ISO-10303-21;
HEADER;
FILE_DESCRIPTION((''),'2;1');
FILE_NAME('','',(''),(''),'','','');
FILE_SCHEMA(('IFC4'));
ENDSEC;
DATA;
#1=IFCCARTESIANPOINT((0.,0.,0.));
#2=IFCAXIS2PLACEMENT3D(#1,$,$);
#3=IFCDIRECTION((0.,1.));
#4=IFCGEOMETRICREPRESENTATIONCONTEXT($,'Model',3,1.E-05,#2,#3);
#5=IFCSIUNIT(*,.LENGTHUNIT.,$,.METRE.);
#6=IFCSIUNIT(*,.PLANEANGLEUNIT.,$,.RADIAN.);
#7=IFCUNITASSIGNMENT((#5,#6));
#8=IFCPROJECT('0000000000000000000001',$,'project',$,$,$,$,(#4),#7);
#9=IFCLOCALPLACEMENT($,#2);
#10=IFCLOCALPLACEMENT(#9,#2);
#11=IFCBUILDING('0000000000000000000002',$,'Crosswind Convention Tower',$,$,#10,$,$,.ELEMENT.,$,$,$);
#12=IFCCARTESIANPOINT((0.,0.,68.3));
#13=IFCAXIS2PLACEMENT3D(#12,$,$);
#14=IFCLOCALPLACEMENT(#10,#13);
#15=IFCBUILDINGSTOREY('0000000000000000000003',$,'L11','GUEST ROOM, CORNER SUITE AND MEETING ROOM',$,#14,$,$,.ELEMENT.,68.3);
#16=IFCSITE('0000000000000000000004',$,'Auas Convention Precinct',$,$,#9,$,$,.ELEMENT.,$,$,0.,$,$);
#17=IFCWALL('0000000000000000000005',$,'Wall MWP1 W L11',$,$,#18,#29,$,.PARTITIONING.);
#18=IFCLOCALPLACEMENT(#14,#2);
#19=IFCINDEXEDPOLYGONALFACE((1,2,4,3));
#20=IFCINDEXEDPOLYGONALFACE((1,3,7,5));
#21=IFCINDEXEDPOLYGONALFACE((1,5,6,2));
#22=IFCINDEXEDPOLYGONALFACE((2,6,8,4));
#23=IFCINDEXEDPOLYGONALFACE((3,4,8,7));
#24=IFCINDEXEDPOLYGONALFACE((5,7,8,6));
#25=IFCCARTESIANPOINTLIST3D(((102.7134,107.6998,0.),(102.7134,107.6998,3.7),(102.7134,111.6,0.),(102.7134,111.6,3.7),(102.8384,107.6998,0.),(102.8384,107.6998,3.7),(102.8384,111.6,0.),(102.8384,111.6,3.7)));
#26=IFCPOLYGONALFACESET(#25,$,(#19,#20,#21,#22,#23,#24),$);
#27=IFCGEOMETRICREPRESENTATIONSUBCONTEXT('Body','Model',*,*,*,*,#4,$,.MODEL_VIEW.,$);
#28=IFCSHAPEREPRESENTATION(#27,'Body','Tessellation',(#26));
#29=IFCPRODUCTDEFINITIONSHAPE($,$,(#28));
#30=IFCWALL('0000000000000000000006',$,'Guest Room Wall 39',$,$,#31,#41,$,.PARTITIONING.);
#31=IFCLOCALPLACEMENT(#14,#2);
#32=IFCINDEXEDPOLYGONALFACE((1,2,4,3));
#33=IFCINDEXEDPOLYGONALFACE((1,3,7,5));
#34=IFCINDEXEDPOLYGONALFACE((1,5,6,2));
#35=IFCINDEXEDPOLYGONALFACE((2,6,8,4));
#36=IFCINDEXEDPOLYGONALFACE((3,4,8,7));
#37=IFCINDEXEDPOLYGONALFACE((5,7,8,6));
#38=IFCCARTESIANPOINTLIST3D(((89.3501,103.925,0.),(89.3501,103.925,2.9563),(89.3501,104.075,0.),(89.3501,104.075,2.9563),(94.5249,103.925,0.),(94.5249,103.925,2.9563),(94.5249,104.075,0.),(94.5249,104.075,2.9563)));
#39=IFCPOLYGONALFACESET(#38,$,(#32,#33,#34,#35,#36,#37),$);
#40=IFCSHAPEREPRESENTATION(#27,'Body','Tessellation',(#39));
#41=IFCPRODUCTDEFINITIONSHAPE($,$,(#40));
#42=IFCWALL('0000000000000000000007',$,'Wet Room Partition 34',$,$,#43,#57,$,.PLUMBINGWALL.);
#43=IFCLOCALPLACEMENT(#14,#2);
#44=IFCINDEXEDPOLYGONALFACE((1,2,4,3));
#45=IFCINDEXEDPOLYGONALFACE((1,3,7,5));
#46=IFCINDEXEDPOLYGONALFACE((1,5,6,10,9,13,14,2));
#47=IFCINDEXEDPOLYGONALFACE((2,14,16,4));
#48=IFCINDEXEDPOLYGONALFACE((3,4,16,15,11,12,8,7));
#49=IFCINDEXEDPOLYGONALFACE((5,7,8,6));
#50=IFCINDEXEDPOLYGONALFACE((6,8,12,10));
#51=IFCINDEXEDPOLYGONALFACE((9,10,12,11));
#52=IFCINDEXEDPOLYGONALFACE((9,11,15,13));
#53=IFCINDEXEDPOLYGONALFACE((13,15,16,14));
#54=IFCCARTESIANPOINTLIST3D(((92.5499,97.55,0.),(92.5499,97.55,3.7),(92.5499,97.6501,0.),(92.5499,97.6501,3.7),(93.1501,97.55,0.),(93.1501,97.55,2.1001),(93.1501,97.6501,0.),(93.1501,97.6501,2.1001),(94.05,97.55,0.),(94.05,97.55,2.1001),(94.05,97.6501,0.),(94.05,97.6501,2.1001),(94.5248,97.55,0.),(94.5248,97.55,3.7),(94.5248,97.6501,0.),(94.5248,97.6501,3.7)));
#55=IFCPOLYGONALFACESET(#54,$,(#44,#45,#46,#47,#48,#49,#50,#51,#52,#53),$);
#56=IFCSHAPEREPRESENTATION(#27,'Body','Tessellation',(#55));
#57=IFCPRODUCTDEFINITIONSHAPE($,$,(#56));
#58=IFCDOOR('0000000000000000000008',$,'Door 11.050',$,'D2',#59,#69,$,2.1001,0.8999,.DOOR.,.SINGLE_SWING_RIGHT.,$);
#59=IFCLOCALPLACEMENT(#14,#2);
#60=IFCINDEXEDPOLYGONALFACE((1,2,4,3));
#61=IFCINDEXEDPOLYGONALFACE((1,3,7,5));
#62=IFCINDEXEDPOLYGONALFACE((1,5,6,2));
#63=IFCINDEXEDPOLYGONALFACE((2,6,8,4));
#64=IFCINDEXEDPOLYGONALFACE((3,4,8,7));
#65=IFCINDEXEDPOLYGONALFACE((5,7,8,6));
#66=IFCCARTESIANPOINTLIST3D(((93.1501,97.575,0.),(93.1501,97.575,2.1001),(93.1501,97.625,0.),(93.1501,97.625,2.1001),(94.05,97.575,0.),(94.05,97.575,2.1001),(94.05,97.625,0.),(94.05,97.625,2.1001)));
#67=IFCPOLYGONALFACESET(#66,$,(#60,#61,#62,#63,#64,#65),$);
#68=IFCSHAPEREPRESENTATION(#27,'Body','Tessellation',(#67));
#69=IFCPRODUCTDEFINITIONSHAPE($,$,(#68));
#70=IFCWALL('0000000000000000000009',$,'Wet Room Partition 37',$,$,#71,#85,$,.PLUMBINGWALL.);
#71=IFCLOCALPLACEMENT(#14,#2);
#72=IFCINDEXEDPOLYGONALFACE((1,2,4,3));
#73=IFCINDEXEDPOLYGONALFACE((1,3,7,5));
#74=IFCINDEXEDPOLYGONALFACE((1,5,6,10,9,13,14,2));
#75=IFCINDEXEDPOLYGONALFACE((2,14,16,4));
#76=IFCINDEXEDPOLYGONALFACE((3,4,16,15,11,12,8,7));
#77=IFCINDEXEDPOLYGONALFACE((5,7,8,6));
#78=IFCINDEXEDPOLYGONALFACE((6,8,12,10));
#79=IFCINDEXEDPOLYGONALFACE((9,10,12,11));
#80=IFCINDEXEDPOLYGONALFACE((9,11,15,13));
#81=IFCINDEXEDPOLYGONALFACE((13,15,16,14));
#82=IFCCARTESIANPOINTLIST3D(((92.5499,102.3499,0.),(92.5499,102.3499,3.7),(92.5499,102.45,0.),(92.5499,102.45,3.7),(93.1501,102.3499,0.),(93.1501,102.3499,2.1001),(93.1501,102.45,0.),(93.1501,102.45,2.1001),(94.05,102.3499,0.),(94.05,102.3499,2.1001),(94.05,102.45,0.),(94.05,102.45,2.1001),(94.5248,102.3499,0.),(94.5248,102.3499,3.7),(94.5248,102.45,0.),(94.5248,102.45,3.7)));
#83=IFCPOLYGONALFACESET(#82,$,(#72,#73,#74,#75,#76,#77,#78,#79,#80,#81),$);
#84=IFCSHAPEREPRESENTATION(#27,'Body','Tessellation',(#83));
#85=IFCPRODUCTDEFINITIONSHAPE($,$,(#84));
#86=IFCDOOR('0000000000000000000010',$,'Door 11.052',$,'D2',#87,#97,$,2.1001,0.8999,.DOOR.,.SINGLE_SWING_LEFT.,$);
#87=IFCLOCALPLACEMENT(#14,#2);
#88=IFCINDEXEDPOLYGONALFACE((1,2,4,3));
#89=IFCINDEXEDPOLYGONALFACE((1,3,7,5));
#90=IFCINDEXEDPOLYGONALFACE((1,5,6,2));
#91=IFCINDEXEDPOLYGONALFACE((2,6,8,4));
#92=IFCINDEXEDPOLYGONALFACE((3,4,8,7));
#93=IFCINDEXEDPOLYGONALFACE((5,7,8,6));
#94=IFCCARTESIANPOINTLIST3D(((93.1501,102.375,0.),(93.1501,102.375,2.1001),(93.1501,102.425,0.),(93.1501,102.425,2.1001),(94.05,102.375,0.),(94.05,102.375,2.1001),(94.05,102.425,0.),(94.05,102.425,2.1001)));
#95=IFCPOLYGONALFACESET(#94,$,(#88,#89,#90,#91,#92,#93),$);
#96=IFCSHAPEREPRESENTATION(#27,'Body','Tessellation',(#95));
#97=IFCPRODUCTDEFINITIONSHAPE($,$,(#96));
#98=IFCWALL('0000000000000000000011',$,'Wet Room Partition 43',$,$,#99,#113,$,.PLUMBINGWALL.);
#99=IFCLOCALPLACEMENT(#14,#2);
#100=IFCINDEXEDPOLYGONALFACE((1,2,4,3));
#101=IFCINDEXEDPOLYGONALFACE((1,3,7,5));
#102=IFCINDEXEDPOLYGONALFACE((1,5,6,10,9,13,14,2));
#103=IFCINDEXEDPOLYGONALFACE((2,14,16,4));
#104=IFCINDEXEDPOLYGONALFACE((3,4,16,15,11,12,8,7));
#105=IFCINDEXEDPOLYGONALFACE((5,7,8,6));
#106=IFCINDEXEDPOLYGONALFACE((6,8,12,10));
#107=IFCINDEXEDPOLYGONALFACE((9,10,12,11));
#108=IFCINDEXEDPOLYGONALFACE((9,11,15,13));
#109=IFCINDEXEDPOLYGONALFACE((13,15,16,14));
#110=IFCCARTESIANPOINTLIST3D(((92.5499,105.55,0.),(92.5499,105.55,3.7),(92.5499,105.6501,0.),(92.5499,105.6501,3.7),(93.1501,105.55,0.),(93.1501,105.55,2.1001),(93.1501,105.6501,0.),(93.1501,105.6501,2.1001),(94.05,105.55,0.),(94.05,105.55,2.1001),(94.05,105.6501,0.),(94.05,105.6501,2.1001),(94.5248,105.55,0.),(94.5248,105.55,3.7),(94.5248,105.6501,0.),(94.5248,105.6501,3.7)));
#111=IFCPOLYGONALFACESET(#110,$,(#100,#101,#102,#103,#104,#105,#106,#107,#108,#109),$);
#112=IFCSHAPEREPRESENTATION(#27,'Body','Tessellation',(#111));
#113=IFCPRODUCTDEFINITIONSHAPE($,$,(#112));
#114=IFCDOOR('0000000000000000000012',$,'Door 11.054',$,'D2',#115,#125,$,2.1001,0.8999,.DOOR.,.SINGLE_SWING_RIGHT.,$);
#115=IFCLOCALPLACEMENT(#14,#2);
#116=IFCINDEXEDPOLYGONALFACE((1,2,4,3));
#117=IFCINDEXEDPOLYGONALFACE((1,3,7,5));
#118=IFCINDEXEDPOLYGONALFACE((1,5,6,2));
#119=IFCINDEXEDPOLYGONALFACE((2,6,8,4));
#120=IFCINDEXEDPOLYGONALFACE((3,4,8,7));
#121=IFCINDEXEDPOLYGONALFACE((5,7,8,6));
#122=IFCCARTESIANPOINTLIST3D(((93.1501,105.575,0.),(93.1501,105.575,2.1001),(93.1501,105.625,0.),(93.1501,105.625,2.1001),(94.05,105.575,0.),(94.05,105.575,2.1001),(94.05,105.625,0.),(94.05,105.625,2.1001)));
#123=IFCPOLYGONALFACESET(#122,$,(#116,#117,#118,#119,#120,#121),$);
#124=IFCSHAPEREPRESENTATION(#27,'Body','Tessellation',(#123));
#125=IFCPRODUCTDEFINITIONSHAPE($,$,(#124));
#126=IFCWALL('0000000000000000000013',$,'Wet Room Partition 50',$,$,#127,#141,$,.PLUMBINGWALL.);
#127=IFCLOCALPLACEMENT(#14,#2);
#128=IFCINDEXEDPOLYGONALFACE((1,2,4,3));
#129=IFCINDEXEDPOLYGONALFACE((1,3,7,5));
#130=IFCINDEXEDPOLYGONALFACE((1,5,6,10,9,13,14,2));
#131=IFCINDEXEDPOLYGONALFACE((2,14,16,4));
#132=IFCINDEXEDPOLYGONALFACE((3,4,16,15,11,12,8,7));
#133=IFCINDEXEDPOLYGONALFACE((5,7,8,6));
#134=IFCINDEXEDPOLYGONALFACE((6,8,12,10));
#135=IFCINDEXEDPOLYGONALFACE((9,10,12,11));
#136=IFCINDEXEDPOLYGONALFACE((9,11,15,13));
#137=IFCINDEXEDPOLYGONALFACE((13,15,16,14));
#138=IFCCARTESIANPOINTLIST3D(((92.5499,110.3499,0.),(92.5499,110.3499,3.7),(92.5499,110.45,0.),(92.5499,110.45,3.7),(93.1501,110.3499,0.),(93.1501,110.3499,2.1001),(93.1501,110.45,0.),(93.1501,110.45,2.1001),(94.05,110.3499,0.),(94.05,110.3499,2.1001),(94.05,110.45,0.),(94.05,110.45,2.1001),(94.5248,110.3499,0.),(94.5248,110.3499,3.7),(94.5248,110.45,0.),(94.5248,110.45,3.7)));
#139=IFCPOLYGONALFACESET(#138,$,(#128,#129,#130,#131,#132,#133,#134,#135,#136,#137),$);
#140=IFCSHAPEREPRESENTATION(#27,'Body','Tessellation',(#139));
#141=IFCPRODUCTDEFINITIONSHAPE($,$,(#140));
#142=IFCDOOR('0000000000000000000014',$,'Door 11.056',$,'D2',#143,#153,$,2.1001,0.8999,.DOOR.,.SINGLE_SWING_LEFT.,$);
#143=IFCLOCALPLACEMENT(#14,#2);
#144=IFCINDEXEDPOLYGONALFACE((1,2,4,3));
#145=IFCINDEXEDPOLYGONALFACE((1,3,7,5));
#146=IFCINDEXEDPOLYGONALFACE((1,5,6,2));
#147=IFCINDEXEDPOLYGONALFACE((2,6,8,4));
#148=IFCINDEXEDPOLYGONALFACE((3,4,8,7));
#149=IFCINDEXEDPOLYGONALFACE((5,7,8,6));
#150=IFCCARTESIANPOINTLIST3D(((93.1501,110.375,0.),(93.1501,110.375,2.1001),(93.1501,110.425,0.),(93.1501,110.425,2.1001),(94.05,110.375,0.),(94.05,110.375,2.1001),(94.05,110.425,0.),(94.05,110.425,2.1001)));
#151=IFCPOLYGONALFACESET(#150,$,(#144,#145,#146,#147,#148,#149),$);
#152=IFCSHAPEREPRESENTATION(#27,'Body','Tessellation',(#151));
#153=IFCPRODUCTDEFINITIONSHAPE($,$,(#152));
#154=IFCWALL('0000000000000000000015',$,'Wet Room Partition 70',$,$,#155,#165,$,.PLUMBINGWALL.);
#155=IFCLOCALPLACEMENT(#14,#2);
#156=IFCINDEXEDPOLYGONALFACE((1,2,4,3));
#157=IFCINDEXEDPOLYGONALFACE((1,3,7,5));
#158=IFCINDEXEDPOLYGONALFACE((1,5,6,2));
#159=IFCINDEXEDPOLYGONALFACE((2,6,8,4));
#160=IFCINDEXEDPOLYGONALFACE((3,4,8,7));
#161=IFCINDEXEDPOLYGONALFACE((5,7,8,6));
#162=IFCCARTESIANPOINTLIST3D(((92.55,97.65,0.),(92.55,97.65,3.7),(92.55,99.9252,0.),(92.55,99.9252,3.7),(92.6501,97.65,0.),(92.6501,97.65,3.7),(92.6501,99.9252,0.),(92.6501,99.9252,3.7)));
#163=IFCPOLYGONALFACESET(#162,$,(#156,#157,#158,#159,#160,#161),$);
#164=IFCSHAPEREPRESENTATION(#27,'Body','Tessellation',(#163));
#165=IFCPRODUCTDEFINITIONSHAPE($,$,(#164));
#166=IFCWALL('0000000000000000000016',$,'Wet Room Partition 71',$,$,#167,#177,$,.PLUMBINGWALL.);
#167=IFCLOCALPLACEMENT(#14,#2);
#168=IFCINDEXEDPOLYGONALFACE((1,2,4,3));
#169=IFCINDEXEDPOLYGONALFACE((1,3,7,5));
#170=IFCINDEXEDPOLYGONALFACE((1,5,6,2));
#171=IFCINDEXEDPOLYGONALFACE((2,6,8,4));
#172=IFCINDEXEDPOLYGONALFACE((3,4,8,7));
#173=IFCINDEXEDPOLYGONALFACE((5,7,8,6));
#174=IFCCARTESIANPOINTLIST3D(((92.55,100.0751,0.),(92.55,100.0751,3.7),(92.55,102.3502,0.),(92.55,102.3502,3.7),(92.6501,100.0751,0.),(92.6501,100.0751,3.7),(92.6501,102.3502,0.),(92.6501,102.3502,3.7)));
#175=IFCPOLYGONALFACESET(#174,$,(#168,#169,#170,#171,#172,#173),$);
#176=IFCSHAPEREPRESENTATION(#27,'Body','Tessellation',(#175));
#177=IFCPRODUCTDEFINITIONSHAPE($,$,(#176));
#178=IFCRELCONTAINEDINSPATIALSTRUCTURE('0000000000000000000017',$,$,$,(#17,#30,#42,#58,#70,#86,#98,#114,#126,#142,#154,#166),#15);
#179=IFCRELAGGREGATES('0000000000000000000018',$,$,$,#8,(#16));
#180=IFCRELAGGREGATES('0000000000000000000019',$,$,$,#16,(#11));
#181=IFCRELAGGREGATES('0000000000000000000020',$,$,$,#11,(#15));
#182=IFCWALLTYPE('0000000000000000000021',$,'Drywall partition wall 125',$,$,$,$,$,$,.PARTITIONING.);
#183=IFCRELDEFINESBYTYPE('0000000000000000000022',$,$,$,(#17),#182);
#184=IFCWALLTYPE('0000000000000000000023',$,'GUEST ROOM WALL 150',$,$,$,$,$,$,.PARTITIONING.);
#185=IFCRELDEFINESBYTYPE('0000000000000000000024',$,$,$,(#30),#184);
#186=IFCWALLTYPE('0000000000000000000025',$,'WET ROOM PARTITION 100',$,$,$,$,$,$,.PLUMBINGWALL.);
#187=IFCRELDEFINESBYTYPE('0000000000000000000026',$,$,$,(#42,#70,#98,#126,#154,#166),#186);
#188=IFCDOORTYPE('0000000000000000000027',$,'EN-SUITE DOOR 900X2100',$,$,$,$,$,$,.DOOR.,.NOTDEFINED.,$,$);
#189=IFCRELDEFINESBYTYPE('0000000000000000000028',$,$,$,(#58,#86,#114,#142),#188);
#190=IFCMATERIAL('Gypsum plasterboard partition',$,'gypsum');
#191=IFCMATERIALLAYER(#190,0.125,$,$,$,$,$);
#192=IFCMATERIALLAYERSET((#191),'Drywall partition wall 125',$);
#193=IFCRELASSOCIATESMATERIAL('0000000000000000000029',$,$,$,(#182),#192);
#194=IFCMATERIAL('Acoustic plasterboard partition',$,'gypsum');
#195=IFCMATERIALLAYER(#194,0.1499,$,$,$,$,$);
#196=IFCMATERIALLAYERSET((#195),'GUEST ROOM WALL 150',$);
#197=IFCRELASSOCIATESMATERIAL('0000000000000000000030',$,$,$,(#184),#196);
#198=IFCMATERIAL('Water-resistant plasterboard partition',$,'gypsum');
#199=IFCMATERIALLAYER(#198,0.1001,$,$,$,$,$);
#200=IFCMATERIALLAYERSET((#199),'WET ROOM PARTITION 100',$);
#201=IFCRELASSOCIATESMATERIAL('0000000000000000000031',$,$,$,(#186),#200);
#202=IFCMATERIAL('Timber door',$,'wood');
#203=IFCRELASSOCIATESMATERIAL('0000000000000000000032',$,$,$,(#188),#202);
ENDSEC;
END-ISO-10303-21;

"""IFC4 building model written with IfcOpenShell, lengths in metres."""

from ifc_helpers import new_model, si_unit, direction, frame, frame_2d, origin, place, context, subcontext, project, spatial, rectangle, extrude, material, layer, layer_set, type_object, element, fill, save


model = new_model("IFC4")

# Units and contexts
model_context = context("Model", 3, precision=1e-05, world=origin(), true_north=direction((0.0, 1.0)))
body_context = subcontext(model_context, "Body", "Model", "MODEL_VIEW")
ifc_project = project(units=[si_unit("LENGTHUNIT", "METRE"), si_unit("PLANEANGLEUNIT", "RADIAN")], contexts=[model_context])

# Site, building, storey
site_placement = place(None, origin())
site = spatial("IfcSite", under=ifc_project, at=site_placement, Name="Auas Convention Precinct", CompositionType="ELEMENT", RefElevation=0.0)
building_placement = place(site_placement, origin())
building = spatial("IfcBuilding", under=site, at=building_placement, Name="Crosswind Convention Tower", CompositionType="ELEMENT")
storey_placement = place(building_placement, frame((0.0, 0.0, 68.3)))
storey = spatial("IfcBuildingStorey", under=building, at=storey_placement, Name="L11", Description="GUEST ROOM, CORNER SUITE AND MEETING ROOM", CompositionType="ELEMENT", Elevation=68.3)

# Walls
ifc_material_1 = material(Name="Gypsum plasterboard partition", Category="gypsum")
ifc_layer_1 = layer(ifc_material_1, 0.125)
ifc_layer_set_1 = layer_set([ifc_layer_1], Name="Drywall partition wall 125")
wall_type_1 = type_object("IfcWallType", Name="Drywall partition wall 125", PredefinedType="PARTITIONING", material=ifc_layer_set_1)
wall_1_placement = place(storey_placement, frame((102.7759, 111.6001, 0.0), z_axis=(0.0, 0.0, 1.0), x_axis=(0.0, -1.0, 0.0)))
element("IfcWall", 1, at=wall_1_placement, inside=storey, type_object=wall_type_1, Name="Wall MWP1 W L11", PredefinedType="PARTITIONING", context=body_context, shape_type="SweptSolid", body=[
    extrude(rectangle(XDim=3.9001, YDim=0.125, at=frame_2d((1.9502, 0.0))), origin(), (0.0, 0.0, 1.0), 3.7),
])
ifc_material_2 = material(Name="Acoustic plasterboard partition", Category="gypsum")
ifc_layer_2 = layer(ifc_material_2, 0.1499)
ifc_layer_set_2 = layer_set([ifc_layer_2], Name="GUEST ROOM WALL 150")
wall_type_2 = type_object("IfcWallType", Name="GUEST ROOM WALL 150", PredefinedType="PARTITIONING", material=ifc_layer_set_2)
wall_2_placement = place(storey_placement, frame((89.3501, 104.0, 0.0), z_axis=(0.0, 0.0, 1.0), x_axis=(1.0, 0.0, 0.0)))
element("IfcWall", 2, at=wall_2_placement, inside=storey, type_object=wall_type_2, Name="Guest Room Wall 39", PredefinedType="PARTITIONING", context=body_context, shape_type="SweptSolid", body=[
    extrude(rectangle(XDim=5.1748, YDim=0.1499, at=frame_2d((2.5874, 0.0))), origin(), (0.0, 0.0, 1.0), 2.9563),
])

# Walls, openings, doors
ifc_material_3 = material(Name="Water-resistant plasterboard partition", Category="gypsum")
ifc_layer_3 = layer(ifc_material_3, 0.1001)
ifc_layer_set_3 = layer_set([ifc_layer_3], Name="WET ROOM PARTITION 100")
wall_type_3 = type_object("IfcWallType", Name="WET ROOM PARTITION 100", PredefinedType="PLUMBINGWALL", material=ifc_layer_set_3)
wall_3_placement = place(storey_placement, frame((92.55, 97.6001, 0.0), z_axis=(0.0, 0.0, 1.0), x_axis=(1.0, 0.0, 0.0)))
wall_3 = element("IfcWall", 3, at=wall_3_placement, inside=storey, type_object=wall_type_3, Name="Wet Room Partition 34", PredefinedType="PLUMBINGWALL", context=body_context, shape_type="SweptSolid", body=[
    extrude(rectangle(XDim=1.9749, YDim=0.1001, at=frame_2d((0.9873, 0.0))), origin(), (0.0, 0.0, 1.0), 3.7),
])
opening_1_placement = place(wall_3_placement, frame((0.6001, 0.0, 0.0)))
opening_1 = element("IfcOpeningElement", 4, at=opening_1_placement, cuts=wall_3, PredefinedType="OPENING", context=body_context, shape_type="SweptSolid", body=[
    extrude(rectangle(XDim=0.8999, YDim=2.1001, at=frame_2d((0.45, 1.05))), frame((0.0, 0.0601, 0.0), z_axis=(0.0, -1.0, 0.0), x_axis=(1.0, 0.0, 0.0)), (0.0, 0.0, 1.0), 0.1201),
])
ifc_material_4 = material(Name="Timber door", Category="wood")
door_type_1 = type_object("IfcDoorType", Name="EN-SUITE DOOR 900X2100", OperationType="NOTDEFINED", PredefinedType="DOOR", material=ifc_material_4)
door_1_placement = place(opening_1_placement, origin())
door_1 = element("IfcDoor", 5, at=door_1_placement, inside=storey, type_object=door_type_1, Name="Door 11.050", ObjectType="D2", OperationType="SINGLE_SWING_RIGHT", OverallHeight=2.1001, OverallWidth=0.8999, PredefinedType="DOOR", context=body_context, shape_type="SweptSolid", body=[
    extrude(rectangle(XDim=0.8999, YDim=2.1001, at=frame_2d((0.45, 1.05))), frame((0.0, 0.0249, 0.0), z_axis=(0.0, -1.0, 0.0), x_axis=(1.0, 0.0, 0.0)), (0.0, 0.0, 1.0), 0.05),
])
fill(opening_1, door_1)
wall_4_placement = place(storey_placement, frame((92.55, 102.3999, 0.0), z_axis=(0.0, 0.0, 1.0), x_axis=(1.0, 0.0, 0.0)))
wall_4 = element("IfcWall", 6, at=wall_4_placement, inside=storey, type_object=wall_type_3, Name="Wet Room Partition 37", PredefinedType="PLUMBINGWALL", context=body_context, shape_type="SweptSolid", body=[
    extrude(rectangle(XDim=1.9749, YDim=0.1001, at=frame_2d((0.9873, 0.0))), origin(), (0.0, 0.0, 1.0), 3.7),
])
opening_2_placement = place(wall_4_placement, frame((0.6001, 0.0, 0.0)))
opening_2 = element("IfcOpeningElement", 7, at=opening_2_placement, cuts=wall_4, PredefinedType="OPENING", context=body_context, shape_type="SweptSolid", body=[
    extrude(rectangle(XDim=0.8999, YDim=2.1001, at=frame_2d((0.45, 1.05))), frame((0.0, 0.0601, 0.0), z_axis=(0.0, -1.0, 0.0), x_axis=(1.0, 0.0, 0.0)), (0.0, 0.0, 1.0), 0.1201),
])
door_2_placement = place(opening_2_placement, frame((0.8999, 0.0, 0.0), z_axis=(0.0, 0.0, 1.0), x_axis=(-1.0, 0.0, 0.0)))
door_2 = element("IfcDoor", 8, at=door_2_placement, inside=storey, type_object=door_type_1, Name="Door 11.052", ObjectType="D2", OperationType="SINGLE_SWING_LEFT", OverallHeight=2.1001, OverallWidth=0.8999, PredefinedType="DOOR", context=body_context, shape_type="SweptSolid", body=[
    extrude(rectangle(XDim=0.8999, YDim=2.1001, at=frame_2d((0.45, 1.05))), frame((0.0, 0.0249, 0.0), z_axis=(0.0, -1.0, 0.0), x_axis=(1.0, 0.0, 0.0)), (0.0, 0.0, 1.0), 0.05),
])
fill(opening_2, door_2)
wall_5_placement = place(storey_placement, frame((92.55, 105.6001, 0.0), z_axis=(0.0, 0.0, 1.0), x_axis=(1.0, 0.0, 0.0)))
wall_5 = element("IfcWall", 9, at=wall_5_placement, inside=storey, type_object=wall_type_3, Name="Wet Room Partition 43", PredefinedType="PLUMBINGWALL", context=body_context, shape_type="SweptSolid", body=[
    extrude(rectangle(XDim=1.9749, YDim=0.1001, at=frame_2d((0.9873, 0.0))), origin(), (0.0, 0.0, 1.0), 3.7),
])
opening_3_placement = place(wall_5_placement, frame((0.6001, 0.0, 0.0)))
opening_3 = element("IfcOpeningElement", 10, at=opening_3_placement, cuts=wall_5, PredefinedType="OPENING", context=body_context, shape_type="SweptSolid", body=[
    extrude(rectangle(XDim=0.8999, YDim=2.1001, at=frame_2d((0.45, 1.05))), frame((0.0, 0.0601, 0.0), z_axis=(0.0, -1.0, 0.0), x_axis=(1.0, 0.0, 0.0)), (0.0, 0.0, 1.0), 0.1201),
])
door_3_placement = place(opening_3_placement, origin())
door_3 = element("IfcDoor", 11, at=door_3_placement, inside=storey, type_object=door_type_1, Name="Door 11.054", ObjectType="D2", OperationType="SINGLE_SWING_RIGHT", OverallHeight=2.1001, OverallWidth=0.8999, PredefinedType="DOOR", context=body_context, shape_type="SweptSolid", body=[
    extrude(rectangle(XDim=0.8999, YDim=2.1001, at=frame_2d((0.45, 1.05))), frame((0.0, 0.0249, 0.0), z_axis=(0.0, -1.0, 0.0), x_axis=(1.0, 0.0, 0.0)), (0.0, 0.0, 1.0), 0.05),
])
fill(opening_3, door_3)
wall_6_placement = place(storey_placement, frame((92.55, 110.3999, 0.0), z_axis=(0.0, 0.0, 1.0), x_axis=(1.0, 0.0, 0.0)))
wall_6 = element("IfcWall", 12, at=wall_6_placement, inside=storey, type_object=wall_type_3, Name="Wet Room Partition 50", PredefinedType="PLUMBINGWALL", context=body_context, shape_type="SweptSolid", body=[
    extrude(rectangle(XDim=1.9749, YDim=0.1001, at=frame_2d((0.9873, 0.0))), origin(), (0.0, 0.0, 1.0), 3.7),
])
opening_4_placement = place(wall_6_placement, frame((0.6001, 0.0, 0.0)))
opening_4 = element("IfcOpeningElement", 13, at=opening_4_placement, cuts=wall_6, PredefinedType="OPENING", context=body_context, shape_type="SweptSolid", body=[
    extrude(rectangle(XDim=0.8999, YDim=2.1001, at=frame_2d((0.45, 1.05))), frame((0.0, 0.0601, 0.0), z_axis=(0.0, -1.0, 0.0), x_axis=(1.0, 0.0, 0.0)), (0.0, 0.0, 1.0), 0.1201),
])
door_4_placement = place(opening_4_placement, frame((0.8999, 0.0, 0.0), z_axis=(0.0, 0.0, 1.0), x_axis=(-1.0, 0.0, 0.0)))
door_4 = element("IfcDoor", 14, at=door_4_placement, inside=storey, type_object=door_type_1, Name="Door 11.056", ObjectType="D2", OperationType="SINGLE_SWING_LEFT", OverallHeight=2.1001, OverallWidth=0.8999, PredefinedType="DOOR", context=body_context, shape_type="SweptSolid", body=[
    extrude(rectangle(XDim=0.8999, YDim=2.1001, at=frame_2d((0.45, 1.05))), frame((0.0, 0.0249, 0.0), z_axis=(0.0, -1.0, 0.0), x_axis=(1.0, 0.0, 0.0)), (0.0, 0.0, 1.0), 0.05),
])
fill(opening_4, door_4)

# Walls
for number, where, z_axis, x_axis, name in (
    (15, (92.6001, 97.6499, 0.0), (0.0, 0.0, 1.0), (0.0, 1.0, 0.0), "Wet Room Partition 70"),
    (16, (92.6001, 100.075, 0.0), (0.0, 0.0, 1.0), (0.0, 1.0, 0.0), "Wet Room Partition 71"),
):
    element("IfcWall", number, at=place(storey_placement, frame(where, z_axis=z_axis, x_axis=x_axis)), inside=storey, type_object=wall_type_3, Name=name, PredefinedType="PLUMBINGWALL", context=body_context, shape_type="SweptSolid", body=[
        extrude(rectangle(XDim=2.2751, YDim=0.1001, at=frame_2d((1.1377, 0.0))), origin(), (0.0, 0.0, 1.0), 3.7),
    ])

save(model, "model.ifc")
